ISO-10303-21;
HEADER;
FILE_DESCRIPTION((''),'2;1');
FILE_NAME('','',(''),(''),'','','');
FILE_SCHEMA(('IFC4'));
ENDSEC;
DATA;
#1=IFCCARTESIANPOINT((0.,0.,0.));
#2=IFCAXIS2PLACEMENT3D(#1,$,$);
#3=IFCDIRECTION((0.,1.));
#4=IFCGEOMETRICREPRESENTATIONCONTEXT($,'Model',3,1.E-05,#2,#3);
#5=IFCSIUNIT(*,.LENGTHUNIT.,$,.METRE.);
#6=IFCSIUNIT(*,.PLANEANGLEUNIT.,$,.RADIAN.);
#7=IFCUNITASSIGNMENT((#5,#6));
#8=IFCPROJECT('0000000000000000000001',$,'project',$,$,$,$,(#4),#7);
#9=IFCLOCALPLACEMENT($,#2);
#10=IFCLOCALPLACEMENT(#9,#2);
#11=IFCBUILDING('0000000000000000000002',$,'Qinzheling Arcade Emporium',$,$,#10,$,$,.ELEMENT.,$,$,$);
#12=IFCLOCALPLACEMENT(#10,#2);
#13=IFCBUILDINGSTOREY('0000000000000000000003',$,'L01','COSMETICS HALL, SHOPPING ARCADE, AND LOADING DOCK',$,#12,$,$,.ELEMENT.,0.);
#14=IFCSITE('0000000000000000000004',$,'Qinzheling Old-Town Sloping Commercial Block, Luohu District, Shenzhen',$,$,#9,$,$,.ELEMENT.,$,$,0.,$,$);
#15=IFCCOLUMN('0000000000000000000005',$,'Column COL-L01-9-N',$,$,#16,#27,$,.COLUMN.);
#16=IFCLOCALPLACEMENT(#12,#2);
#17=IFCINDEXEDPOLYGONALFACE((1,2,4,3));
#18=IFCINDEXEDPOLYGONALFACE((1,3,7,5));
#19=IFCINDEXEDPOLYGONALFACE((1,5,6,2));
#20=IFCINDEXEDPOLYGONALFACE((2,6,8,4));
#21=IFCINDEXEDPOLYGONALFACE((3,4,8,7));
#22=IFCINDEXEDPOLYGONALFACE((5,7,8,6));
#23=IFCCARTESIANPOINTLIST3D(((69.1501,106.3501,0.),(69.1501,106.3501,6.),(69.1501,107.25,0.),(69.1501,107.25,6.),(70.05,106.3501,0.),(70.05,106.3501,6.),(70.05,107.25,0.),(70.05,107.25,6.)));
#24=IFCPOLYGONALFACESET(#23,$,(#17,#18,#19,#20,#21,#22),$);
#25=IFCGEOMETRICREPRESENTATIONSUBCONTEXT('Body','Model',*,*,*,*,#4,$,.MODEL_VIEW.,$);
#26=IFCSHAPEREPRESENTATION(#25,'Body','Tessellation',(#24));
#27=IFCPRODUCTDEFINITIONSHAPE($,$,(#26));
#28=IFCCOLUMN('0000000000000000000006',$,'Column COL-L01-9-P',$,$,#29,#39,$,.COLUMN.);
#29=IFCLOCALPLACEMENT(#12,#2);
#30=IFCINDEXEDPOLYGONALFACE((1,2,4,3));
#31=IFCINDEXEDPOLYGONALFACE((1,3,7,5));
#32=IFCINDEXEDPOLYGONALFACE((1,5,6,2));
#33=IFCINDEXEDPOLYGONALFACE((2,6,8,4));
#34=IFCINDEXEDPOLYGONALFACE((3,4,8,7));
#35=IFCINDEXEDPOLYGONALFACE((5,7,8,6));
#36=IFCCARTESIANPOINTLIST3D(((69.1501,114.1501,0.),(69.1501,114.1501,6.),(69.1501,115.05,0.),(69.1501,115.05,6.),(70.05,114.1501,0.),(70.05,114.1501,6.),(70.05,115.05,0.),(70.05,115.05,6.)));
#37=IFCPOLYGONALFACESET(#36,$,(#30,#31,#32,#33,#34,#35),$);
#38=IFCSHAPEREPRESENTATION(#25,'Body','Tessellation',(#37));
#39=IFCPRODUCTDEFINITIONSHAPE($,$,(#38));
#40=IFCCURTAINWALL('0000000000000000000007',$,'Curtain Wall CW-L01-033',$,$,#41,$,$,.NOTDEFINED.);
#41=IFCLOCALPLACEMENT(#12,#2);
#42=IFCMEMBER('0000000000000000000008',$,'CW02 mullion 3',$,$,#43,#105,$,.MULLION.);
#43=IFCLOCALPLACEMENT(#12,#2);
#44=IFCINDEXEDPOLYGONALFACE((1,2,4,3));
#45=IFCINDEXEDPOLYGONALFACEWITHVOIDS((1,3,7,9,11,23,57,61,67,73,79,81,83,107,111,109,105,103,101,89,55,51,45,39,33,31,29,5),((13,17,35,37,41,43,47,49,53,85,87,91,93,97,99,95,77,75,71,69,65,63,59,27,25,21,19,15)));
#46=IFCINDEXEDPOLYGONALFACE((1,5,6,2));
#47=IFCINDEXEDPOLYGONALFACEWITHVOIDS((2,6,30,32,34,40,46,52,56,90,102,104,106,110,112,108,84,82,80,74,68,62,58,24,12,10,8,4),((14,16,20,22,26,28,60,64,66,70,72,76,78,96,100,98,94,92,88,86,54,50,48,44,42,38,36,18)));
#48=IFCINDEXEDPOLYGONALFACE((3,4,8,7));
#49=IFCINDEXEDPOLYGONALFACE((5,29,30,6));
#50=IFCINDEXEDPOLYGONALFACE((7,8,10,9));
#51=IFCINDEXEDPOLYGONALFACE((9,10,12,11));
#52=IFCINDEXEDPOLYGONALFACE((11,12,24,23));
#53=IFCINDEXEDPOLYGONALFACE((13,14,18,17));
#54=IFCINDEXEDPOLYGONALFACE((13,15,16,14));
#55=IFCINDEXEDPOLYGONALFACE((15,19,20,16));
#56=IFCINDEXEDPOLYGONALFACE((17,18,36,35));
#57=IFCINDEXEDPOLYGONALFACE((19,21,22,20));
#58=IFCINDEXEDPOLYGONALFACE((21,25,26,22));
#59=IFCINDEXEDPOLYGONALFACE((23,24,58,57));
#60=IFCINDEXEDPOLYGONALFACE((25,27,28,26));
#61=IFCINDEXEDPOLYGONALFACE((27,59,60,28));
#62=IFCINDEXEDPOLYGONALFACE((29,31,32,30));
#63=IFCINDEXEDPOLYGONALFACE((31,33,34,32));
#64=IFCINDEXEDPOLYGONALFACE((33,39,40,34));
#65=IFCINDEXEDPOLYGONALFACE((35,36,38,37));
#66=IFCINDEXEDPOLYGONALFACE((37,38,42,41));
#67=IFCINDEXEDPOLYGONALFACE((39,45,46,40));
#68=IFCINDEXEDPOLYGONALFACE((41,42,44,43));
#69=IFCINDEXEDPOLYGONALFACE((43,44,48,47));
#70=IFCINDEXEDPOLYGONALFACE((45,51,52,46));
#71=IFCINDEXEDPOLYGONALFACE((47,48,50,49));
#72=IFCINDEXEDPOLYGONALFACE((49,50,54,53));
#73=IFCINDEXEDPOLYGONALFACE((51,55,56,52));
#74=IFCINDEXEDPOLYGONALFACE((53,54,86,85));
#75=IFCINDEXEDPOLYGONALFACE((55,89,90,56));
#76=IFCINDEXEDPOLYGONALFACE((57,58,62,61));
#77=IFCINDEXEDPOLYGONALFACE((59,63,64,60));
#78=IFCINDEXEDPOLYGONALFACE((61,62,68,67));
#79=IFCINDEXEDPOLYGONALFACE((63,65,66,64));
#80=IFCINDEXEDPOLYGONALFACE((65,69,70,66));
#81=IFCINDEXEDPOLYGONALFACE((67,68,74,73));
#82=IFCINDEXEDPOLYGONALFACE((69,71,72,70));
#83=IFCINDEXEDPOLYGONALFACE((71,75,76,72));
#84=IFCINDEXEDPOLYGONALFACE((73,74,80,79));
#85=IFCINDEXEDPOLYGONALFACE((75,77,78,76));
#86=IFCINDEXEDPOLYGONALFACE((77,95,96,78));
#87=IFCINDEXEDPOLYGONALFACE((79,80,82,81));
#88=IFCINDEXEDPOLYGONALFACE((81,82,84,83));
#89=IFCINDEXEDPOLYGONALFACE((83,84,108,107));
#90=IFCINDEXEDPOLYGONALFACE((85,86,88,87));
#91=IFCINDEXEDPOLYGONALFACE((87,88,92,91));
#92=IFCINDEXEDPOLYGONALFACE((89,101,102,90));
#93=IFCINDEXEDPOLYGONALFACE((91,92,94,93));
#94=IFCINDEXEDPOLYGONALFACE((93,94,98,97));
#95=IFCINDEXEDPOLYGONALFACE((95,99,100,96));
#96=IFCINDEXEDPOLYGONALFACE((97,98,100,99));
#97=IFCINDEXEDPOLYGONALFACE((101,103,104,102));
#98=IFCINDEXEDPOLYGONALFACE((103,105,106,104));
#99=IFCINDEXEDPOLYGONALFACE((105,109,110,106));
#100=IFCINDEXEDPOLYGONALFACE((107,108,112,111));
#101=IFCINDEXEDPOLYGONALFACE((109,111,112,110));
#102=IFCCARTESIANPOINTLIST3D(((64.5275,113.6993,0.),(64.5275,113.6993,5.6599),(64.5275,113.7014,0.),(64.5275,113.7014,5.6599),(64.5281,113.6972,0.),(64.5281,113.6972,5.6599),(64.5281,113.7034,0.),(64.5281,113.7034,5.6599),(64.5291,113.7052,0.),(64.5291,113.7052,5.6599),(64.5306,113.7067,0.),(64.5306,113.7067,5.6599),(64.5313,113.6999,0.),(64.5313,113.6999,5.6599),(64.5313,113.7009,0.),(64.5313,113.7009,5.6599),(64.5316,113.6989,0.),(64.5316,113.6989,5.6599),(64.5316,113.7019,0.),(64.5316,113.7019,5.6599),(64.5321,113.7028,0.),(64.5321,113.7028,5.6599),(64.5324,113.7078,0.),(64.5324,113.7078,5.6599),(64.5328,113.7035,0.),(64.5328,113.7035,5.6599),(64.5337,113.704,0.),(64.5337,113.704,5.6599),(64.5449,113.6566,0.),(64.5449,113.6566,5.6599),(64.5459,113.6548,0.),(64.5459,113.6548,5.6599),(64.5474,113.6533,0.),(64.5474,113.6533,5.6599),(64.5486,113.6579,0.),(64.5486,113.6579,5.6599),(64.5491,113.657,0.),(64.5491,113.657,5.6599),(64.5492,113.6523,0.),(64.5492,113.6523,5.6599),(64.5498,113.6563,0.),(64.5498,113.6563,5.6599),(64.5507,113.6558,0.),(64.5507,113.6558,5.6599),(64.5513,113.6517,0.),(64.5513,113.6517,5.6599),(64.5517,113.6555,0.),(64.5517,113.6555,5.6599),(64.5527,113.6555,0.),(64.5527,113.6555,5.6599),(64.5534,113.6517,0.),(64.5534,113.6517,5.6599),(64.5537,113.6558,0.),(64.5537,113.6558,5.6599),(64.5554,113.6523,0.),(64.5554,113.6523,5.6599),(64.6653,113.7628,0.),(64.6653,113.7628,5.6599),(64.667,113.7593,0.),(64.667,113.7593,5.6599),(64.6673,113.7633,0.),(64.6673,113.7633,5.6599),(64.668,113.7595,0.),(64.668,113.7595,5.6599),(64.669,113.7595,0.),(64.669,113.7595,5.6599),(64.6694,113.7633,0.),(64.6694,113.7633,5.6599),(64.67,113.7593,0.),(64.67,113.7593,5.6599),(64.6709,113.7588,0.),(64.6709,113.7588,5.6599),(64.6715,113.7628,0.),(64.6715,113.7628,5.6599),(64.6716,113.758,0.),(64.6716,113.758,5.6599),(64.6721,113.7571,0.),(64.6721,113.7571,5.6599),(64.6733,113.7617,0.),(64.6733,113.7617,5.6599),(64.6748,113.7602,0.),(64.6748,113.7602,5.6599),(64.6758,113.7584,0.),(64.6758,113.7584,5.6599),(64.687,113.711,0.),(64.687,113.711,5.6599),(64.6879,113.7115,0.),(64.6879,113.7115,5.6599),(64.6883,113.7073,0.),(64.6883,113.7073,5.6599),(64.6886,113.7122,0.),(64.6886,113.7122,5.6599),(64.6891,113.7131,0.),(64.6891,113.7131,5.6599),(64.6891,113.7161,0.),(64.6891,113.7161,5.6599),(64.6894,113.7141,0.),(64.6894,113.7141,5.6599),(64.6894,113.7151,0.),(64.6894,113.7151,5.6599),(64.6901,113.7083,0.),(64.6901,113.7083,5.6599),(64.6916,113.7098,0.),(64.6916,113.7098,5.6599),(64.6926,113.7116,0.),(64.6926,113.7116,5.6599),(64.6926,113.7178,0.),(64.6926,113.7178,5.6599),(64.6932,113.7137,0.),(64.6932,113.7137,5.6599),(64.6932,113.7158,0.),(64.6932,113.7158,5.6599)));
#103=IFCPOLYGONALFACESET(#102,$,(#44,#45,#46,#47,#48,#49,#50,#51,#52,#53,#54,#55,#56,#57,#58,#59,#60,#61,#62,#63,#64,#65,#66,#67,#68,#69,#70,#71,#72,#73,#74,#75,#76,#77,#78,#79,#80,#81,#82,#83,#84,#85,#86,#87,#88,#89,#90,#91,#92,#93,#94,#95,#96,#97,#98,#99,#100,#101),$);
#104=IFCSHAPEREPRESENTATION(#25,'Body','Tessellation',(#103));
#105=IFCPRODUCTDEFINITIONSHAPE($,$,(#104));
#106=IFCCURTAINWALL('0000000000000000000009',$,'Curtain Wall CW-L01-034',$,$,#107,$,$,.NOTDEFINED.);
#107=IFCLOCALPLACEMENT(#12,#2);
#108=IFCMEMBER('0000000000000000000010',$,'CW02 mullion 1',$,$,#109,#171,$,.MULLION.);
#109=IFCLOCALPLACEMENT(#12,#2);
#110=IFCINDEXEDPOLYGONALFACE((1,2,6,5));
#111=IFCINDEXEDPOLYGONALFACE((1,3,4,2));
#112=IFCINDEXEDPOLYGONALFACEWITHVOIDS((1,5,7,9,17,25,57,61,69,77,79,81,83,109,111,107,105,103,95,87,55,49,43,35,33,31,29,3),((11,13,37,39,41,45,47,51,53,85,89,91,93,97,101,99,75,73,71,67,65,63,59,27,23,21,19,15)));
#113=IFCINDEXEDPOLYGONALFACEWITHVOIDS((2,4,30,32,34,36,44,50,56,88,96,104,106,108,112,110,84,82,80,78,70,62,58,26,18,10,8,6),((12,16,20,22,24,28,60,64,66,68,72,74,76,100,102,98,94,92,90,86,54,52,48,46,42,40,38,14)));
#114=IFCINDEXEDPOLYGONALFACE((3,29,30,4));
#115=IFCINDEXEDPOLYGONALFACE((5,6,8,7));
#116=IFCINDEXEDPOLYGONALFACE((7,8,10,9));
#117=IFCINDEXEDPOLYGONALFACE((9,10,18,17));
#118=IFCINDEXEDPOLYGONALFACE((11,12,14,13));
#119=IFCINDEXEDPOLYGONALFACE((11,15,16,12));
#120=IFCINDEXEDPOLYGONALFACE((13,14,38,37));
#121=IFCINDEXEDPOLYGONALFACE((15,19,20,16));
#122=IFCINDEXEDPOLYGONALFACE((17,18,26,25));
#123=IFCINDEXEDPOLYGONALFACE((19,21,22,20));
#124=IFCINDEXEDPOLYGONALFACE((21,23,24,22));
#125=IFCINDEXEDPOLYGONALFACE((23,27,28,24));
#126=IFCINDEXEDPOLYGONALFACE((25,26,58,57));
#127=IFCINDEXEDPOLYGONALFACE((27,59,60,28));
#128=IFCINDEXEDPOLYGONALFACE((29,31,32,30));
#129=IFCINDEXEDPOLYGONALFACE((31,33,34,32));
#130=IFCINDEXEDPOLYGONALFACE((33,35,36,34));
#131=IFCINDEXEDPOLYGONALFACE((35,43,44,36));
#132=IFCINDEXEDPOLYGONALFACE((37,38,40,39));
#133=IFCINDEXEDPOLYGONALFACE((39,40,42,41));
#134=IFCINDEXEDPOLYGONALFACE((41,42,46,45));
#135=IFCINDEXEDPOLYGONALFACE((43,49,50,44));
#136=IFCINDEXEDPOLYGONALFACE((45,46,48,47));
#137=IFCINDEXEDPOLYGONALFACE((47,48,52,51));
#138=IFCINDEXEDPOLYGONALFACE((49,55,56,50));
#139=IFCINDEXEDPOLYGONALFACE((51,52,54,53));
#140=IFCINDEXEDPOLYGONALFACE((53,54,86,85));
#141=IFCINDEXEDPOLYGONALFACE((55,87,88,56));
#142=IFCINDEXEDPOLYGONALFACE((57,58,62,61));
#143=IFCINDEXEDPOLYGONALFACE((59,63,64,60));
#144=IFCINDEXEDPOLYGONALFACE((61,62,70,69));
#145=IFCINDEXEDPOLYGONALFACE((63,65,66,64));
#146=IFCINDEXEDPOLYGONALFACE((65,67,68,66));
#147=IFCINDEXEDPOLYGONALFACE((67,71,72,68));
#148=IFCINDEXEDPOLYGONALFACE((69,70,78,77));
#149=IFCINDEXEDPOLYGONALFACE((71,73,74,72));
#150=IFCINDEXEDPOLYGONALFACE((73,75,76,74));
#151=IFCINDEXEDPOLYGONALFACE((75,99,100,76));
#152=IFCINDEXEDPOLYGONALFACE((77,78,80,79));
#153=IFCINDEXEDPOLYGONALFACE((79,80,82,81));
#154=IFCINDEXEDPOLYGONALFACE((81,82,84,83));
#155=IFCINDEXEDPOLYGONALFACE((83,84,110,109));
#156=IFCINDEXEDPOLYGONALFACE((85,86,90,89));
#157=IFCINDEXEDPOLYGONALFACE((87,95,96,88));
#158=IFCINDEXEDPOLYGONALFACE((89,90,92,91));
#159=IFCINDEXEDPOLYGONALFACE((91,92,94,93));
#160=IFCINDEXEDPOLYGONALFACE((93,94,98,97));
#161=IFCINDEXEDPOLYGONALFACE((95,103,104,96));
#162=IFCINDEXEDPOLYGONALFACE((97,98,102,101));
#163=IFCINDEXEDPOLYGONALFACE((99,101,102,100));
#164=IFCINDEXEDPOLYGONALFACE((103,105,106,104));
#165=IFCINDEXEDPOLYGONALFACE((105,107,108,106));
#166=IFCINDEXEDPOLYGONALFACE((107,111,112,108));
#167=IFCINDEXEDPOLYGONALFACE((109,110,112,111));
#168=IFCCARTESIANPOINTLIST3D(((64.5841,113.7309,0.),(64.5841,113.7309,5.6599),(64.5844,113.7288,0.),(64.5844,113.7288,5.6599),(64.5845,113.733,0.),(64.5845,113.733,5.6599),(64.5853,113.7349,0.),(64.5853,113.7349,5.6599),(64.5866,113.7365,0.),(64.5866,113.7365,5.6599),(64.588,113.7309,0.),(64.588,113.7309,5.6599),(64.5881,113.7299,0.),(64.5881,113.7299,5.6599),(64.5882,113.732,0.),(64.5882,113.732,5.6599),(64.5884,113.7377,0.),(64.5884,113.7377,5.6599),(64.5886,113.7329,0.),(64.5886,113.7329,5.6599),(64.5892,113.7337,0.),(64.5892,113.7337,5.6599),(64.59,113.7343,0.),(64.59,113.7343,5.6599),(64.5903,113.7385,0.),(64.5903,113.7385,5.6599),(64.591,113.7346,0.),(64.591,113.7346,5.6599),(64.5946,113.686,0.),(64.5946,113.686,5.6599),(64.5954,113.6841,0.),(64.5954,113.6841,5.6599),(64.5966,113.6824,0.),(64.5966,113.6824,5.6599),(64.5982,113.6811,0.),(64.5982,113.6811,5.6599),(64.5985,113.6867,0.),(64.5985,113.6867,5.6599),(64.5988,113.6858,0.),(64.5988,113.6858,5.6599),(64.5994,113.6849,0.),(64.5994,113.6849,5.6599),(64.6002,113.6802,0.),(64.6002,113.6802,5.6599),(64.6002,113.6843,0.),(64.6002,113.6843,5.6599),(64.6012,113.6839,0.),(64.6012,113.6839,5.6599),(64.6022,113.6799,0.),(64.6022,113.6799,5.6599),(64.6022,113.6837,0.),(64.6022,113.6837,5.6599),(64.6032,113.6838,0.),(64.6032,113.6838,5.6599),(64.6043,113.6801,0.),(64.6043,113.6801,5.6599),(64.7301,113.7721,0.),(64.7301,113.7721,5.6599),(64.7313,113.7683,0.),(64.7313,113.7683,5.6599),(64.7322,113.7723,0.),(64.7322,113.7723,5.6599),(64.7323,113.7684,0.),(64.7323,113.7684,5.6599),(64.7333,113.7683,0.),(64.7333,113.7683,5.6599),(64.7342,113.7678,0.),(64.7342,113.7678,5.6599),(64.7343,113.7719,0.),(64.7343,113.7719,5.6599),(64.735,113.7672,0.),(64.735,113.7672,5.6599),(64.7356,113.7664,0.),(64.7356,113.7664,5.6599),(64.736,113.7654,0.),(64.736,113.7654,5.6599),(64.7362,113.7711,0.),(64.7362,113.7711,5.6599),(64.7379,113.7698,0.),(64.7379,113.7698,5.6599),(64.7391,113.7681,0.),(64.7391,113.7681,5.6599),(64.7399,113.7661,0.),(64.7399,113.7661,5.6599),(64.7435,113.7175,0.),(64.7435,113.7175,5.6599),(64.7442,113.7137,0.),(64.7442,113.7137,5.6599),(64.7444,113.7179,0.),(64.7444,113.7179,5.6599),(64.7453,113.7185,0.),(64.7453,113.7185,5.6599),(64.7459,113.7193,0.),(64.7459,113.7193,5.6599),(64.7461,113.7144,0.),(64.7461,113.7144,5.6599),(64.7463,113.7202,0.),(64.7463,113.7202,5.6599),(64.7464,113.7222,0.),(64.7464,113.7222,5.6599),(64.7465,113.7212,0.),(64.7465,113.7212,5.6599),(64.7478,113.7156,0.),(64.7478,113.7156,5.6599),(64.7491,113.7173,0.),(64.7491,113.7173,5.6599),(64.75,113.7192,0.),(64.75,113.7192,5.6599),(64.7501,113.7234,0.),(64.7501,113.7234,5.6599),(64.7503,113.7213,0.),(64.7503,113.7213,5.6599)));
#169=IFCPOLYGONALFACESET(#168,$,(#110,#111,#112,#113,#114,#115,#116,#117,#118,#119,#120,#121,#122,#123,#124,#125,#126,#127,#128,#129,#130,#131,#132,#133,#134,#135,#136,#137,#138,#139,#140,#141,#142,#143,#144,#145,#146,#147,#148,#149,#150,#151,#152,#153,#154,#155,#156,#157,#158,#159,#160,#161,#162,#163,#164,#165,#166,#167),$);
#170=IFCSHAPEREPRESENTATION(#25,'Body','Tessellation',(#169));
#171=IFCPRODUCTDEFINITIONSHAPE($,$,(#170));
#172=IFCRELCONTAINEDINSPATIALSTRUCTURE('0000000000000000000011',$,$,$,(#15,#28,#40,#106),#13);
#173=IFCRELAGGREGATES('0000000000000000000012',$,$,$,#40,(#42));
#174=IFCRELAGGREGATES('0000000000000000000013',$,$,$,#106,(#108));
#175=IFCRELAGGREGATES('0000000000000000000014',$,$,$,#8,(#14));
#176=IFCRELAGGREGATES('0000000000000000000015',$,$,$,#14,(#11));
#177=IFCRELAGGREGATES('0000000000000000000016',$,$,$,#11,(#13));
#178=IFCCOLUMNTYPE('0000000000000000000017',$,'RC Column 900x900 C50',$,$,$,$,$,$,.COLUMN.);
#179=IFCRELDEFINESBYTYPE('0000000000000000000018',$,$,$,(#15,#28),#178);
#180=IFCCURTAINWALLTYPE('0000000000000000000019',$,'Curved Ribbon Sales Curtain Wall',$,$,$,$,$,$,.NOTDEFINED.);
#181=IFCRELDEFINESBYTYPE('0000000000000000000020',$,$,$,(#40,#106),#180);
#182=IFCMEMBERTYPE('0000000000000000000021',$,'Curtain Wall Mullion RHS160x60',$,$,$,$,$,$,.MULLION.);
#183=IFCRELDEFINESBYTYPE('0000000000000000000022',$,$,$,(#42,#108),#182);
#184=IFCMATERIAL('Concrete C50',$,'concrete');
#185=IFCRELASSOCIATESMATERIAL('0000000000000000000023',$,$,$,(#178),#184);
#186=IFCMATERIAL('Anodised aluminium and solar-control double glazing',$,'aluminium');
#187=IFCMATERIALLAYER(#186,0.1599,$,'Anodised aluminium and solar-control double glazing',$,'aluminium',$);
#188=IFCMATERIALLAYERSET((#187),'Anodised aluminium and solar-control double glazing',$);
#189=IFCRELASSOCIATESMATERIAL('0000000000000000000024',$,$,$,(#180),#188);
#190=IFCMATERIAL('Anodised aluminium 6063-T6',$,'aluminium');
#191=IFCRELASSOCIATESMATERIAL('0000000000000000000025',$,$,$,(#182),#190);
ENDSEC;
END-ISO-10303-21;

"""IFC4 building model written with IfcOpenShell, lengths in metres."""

from ifc_helpers import new_model, si_unit, direction, frame, origin, origin_2d, place, context, subcontext, project, spatial, rectangle, hollow_rectangle, extrude, material, layer, layer_set, material_profile, profile_set, type_object, element, aggregate, save


model = new_model("IFC4")

# Units and contexts
model_context = context("Model", 3, precision=1e-05, world=origin(), true_north=direction((0.0, 1.0)))
body_context = subcontext(model_context, "Body", "Model", "MODEL_VIEW")
ifc_project = project(units=[si_unit("LENGTHUNIT", "METRE"), si_unit("PLANEANGLEUNIT", "RADIAN")], contexts=[model_context])

# Site, building, storey
site_placement = place(None, origin())
site = spatial("IfcSite", under=ifc_project, at=site_placement, Name="Qinzheling Old-Town Sloping Commercial Block, Luohu District, Shenzhen", CompositionType="ELEMENT", RefElevation=0.0)
building_placement = place(site_placement, origin())
building = spatial("IfcBuilding", under=site, at=building_placement, Name="Qinzheling Arcade Emporium", CompositionType="ELEMENT")
storey_placement = place(building_placement, origin())
storey = spatial("IfcBuildingStorey", under=building, at=storey_placement, Name="L01", Description="COSMETICS HALL, SHOPPING ARCADE, AND LOADING DOCK", CompositionType="ELEMENT", Elevation=0.0)

# Columns
ifc_material_1 = material(Name="Concrete C50", Category="concrete")
ifc_material_profile_1 = material_profile(ifc_material_1, rectangle(XDim=0.8999, YDim=0.8999, at=origin_2d()), Name="RC 900x900", Category="concrete")
ifc_profile_set_1 = profile_set([ifc_material_profile_1], Name="Concrete C50")
column_type = type_object("IfcColumnType", Name="RC Column 900x900 C50", PredefinedType="COLUMN", material=ifc_profile_set_1)
for number, where, z_axis, x_axis, name in (
    (1, (69.6001, 106.8, 0.0), (0.0, 0.0, 1.0), (1.0, 0.0, 0.0), "Column COL-L01-9-N"),
    (2, (69.6001, 114.6001, 0.0), (0.0, 0.0, 1.0), (1.0, 0.0, 0.0), "Column COL-L01-9-P"),
):
    element("IfcColumn", number, at=place(storey_placement, frame(where, z_axis=z_axis, x_axis=x_axis)), inside=storey, type_object=column_type, Name=name, PredefinedType="COLUMN", context=body_context, shape_type="SweptSolid", body=[
        extrude(rectangle(XDim=0.8999, YDim=0.8999, at=origin_2d()), origin(), (0.0, 0.0, 1.0), 6.0),
    ])

# Curtain wall, member
ifc_material_2 = material(Name="Anodised aluminium and solar-control double glazing", Category="aluminium")
ifc_layer_1 = layer(ifc_material_2, 0.1599, Name="Anodised aluminium and solar-control double glazing", Category="aluminium")
ifc_layer_set_1 = layer_set([ifc_layer_1], Name="Anodised aluminium and solar-control double glazing")
curtain_wall_type = type_object("IfcCurtainWallType", Name="Curved Ribbon Sales Curtain Wall", PredefinedType="NOTDEFINED", material=ifc_layer_set_1)
curtain_wall_1_placement = place(storey_placement, origin())
curtain_wall_1 = element("IfcCurtainWall", 3, at=curtain_wall_1_placement, inside=storey, type_object=curtain_wall_type, Name="Curtain Wall CW-L01-033", PredefinedType="NOTDEFINED")
ifc_material_3 = material(Name="Anodised aluminium 6063-T6", Category="aluminium")
ifc_material_profile_2 = material_profile(ifc_material_3, hollow_rectangle(XDim=0.0601, YDim=0.1599, WallThickness=0.0039, InnerFilletRadius=0.0039, OuterFilletRadius=0.0081, at=origin_2d()), Name="RHS 160x60x4", Category="aluminium")
ifc_profile_set_2 = profile_set([ifc_material_profile_2], Name="Anodised aluminium 6063-T6")
member_type_1 = type_object("IfcMemberType", Name="Curtain Wall Mullion RHS160x60", PredefinedType="MULLION", material=ifc_profile_set_2)
member_1_placement = place(storey_placement, frame((64.6104, 113.7075, 0.0), z_axis=(0.0, 0.0, 1.0), x_axis=(-0.382654, 0.923892, 0.0)))
member_1 = element("IfcMember", 4, at=member_1_placement, type_object=member_type_1, Name="CW02 mullion 3", PredefinedType="MULLION", context=body_context, shape_type="SweptSolid", body=[
    extrude(hollow_rectangle(XDim=0.0601, YDim=0.1599, WallThickness=0.0039, InnerFilletRadius=0.0039, OuterFilletRadius=0.0081, at=origin_2d()), origin(), (0.0, 0.0, 1.0), 5.6599),
])

# Curtain wall, member
curtain_wall_2_placement = place(storey_placement, origin())
curtain_wall_2 = element("IfcCurtainWall", 5, at=curtain_wall_2_placement, inside=storey, type_object=curtain_wall_type, Name="Curtain Wall CW-L01-034", PredefinedType="NOTDEFINED")
member_2_placement = place(storey_placement, frame((64.6672, 113.7261, 0.0), z_axis=(0.0, 0.0, 1.0), x_axis=(-0.23336, 0.972391, 0.0)))
member_2 = element("IfcMember", 6, at=member_2_placement, type_object=member_type_1, Name="CW02 mullion 1", PredefinedType="MULLION", context=body_context, shape_type="SweptSolid", body=[
    extrude(hollow_rectangle(XDim=0.0601, YDim=0.1599, WallThickness=0.0039, InnerFilletRadius=0.0039, OuterFilletRadius=0.0081, at=origin_2d()), origin(), (0.0, 0.0, 1.0), 5.6599),
])

aggregate(curtain_wall_1, [member_1])
aggregate(curtain_wall_2, [member_2])

save(model, "model.ifc")
